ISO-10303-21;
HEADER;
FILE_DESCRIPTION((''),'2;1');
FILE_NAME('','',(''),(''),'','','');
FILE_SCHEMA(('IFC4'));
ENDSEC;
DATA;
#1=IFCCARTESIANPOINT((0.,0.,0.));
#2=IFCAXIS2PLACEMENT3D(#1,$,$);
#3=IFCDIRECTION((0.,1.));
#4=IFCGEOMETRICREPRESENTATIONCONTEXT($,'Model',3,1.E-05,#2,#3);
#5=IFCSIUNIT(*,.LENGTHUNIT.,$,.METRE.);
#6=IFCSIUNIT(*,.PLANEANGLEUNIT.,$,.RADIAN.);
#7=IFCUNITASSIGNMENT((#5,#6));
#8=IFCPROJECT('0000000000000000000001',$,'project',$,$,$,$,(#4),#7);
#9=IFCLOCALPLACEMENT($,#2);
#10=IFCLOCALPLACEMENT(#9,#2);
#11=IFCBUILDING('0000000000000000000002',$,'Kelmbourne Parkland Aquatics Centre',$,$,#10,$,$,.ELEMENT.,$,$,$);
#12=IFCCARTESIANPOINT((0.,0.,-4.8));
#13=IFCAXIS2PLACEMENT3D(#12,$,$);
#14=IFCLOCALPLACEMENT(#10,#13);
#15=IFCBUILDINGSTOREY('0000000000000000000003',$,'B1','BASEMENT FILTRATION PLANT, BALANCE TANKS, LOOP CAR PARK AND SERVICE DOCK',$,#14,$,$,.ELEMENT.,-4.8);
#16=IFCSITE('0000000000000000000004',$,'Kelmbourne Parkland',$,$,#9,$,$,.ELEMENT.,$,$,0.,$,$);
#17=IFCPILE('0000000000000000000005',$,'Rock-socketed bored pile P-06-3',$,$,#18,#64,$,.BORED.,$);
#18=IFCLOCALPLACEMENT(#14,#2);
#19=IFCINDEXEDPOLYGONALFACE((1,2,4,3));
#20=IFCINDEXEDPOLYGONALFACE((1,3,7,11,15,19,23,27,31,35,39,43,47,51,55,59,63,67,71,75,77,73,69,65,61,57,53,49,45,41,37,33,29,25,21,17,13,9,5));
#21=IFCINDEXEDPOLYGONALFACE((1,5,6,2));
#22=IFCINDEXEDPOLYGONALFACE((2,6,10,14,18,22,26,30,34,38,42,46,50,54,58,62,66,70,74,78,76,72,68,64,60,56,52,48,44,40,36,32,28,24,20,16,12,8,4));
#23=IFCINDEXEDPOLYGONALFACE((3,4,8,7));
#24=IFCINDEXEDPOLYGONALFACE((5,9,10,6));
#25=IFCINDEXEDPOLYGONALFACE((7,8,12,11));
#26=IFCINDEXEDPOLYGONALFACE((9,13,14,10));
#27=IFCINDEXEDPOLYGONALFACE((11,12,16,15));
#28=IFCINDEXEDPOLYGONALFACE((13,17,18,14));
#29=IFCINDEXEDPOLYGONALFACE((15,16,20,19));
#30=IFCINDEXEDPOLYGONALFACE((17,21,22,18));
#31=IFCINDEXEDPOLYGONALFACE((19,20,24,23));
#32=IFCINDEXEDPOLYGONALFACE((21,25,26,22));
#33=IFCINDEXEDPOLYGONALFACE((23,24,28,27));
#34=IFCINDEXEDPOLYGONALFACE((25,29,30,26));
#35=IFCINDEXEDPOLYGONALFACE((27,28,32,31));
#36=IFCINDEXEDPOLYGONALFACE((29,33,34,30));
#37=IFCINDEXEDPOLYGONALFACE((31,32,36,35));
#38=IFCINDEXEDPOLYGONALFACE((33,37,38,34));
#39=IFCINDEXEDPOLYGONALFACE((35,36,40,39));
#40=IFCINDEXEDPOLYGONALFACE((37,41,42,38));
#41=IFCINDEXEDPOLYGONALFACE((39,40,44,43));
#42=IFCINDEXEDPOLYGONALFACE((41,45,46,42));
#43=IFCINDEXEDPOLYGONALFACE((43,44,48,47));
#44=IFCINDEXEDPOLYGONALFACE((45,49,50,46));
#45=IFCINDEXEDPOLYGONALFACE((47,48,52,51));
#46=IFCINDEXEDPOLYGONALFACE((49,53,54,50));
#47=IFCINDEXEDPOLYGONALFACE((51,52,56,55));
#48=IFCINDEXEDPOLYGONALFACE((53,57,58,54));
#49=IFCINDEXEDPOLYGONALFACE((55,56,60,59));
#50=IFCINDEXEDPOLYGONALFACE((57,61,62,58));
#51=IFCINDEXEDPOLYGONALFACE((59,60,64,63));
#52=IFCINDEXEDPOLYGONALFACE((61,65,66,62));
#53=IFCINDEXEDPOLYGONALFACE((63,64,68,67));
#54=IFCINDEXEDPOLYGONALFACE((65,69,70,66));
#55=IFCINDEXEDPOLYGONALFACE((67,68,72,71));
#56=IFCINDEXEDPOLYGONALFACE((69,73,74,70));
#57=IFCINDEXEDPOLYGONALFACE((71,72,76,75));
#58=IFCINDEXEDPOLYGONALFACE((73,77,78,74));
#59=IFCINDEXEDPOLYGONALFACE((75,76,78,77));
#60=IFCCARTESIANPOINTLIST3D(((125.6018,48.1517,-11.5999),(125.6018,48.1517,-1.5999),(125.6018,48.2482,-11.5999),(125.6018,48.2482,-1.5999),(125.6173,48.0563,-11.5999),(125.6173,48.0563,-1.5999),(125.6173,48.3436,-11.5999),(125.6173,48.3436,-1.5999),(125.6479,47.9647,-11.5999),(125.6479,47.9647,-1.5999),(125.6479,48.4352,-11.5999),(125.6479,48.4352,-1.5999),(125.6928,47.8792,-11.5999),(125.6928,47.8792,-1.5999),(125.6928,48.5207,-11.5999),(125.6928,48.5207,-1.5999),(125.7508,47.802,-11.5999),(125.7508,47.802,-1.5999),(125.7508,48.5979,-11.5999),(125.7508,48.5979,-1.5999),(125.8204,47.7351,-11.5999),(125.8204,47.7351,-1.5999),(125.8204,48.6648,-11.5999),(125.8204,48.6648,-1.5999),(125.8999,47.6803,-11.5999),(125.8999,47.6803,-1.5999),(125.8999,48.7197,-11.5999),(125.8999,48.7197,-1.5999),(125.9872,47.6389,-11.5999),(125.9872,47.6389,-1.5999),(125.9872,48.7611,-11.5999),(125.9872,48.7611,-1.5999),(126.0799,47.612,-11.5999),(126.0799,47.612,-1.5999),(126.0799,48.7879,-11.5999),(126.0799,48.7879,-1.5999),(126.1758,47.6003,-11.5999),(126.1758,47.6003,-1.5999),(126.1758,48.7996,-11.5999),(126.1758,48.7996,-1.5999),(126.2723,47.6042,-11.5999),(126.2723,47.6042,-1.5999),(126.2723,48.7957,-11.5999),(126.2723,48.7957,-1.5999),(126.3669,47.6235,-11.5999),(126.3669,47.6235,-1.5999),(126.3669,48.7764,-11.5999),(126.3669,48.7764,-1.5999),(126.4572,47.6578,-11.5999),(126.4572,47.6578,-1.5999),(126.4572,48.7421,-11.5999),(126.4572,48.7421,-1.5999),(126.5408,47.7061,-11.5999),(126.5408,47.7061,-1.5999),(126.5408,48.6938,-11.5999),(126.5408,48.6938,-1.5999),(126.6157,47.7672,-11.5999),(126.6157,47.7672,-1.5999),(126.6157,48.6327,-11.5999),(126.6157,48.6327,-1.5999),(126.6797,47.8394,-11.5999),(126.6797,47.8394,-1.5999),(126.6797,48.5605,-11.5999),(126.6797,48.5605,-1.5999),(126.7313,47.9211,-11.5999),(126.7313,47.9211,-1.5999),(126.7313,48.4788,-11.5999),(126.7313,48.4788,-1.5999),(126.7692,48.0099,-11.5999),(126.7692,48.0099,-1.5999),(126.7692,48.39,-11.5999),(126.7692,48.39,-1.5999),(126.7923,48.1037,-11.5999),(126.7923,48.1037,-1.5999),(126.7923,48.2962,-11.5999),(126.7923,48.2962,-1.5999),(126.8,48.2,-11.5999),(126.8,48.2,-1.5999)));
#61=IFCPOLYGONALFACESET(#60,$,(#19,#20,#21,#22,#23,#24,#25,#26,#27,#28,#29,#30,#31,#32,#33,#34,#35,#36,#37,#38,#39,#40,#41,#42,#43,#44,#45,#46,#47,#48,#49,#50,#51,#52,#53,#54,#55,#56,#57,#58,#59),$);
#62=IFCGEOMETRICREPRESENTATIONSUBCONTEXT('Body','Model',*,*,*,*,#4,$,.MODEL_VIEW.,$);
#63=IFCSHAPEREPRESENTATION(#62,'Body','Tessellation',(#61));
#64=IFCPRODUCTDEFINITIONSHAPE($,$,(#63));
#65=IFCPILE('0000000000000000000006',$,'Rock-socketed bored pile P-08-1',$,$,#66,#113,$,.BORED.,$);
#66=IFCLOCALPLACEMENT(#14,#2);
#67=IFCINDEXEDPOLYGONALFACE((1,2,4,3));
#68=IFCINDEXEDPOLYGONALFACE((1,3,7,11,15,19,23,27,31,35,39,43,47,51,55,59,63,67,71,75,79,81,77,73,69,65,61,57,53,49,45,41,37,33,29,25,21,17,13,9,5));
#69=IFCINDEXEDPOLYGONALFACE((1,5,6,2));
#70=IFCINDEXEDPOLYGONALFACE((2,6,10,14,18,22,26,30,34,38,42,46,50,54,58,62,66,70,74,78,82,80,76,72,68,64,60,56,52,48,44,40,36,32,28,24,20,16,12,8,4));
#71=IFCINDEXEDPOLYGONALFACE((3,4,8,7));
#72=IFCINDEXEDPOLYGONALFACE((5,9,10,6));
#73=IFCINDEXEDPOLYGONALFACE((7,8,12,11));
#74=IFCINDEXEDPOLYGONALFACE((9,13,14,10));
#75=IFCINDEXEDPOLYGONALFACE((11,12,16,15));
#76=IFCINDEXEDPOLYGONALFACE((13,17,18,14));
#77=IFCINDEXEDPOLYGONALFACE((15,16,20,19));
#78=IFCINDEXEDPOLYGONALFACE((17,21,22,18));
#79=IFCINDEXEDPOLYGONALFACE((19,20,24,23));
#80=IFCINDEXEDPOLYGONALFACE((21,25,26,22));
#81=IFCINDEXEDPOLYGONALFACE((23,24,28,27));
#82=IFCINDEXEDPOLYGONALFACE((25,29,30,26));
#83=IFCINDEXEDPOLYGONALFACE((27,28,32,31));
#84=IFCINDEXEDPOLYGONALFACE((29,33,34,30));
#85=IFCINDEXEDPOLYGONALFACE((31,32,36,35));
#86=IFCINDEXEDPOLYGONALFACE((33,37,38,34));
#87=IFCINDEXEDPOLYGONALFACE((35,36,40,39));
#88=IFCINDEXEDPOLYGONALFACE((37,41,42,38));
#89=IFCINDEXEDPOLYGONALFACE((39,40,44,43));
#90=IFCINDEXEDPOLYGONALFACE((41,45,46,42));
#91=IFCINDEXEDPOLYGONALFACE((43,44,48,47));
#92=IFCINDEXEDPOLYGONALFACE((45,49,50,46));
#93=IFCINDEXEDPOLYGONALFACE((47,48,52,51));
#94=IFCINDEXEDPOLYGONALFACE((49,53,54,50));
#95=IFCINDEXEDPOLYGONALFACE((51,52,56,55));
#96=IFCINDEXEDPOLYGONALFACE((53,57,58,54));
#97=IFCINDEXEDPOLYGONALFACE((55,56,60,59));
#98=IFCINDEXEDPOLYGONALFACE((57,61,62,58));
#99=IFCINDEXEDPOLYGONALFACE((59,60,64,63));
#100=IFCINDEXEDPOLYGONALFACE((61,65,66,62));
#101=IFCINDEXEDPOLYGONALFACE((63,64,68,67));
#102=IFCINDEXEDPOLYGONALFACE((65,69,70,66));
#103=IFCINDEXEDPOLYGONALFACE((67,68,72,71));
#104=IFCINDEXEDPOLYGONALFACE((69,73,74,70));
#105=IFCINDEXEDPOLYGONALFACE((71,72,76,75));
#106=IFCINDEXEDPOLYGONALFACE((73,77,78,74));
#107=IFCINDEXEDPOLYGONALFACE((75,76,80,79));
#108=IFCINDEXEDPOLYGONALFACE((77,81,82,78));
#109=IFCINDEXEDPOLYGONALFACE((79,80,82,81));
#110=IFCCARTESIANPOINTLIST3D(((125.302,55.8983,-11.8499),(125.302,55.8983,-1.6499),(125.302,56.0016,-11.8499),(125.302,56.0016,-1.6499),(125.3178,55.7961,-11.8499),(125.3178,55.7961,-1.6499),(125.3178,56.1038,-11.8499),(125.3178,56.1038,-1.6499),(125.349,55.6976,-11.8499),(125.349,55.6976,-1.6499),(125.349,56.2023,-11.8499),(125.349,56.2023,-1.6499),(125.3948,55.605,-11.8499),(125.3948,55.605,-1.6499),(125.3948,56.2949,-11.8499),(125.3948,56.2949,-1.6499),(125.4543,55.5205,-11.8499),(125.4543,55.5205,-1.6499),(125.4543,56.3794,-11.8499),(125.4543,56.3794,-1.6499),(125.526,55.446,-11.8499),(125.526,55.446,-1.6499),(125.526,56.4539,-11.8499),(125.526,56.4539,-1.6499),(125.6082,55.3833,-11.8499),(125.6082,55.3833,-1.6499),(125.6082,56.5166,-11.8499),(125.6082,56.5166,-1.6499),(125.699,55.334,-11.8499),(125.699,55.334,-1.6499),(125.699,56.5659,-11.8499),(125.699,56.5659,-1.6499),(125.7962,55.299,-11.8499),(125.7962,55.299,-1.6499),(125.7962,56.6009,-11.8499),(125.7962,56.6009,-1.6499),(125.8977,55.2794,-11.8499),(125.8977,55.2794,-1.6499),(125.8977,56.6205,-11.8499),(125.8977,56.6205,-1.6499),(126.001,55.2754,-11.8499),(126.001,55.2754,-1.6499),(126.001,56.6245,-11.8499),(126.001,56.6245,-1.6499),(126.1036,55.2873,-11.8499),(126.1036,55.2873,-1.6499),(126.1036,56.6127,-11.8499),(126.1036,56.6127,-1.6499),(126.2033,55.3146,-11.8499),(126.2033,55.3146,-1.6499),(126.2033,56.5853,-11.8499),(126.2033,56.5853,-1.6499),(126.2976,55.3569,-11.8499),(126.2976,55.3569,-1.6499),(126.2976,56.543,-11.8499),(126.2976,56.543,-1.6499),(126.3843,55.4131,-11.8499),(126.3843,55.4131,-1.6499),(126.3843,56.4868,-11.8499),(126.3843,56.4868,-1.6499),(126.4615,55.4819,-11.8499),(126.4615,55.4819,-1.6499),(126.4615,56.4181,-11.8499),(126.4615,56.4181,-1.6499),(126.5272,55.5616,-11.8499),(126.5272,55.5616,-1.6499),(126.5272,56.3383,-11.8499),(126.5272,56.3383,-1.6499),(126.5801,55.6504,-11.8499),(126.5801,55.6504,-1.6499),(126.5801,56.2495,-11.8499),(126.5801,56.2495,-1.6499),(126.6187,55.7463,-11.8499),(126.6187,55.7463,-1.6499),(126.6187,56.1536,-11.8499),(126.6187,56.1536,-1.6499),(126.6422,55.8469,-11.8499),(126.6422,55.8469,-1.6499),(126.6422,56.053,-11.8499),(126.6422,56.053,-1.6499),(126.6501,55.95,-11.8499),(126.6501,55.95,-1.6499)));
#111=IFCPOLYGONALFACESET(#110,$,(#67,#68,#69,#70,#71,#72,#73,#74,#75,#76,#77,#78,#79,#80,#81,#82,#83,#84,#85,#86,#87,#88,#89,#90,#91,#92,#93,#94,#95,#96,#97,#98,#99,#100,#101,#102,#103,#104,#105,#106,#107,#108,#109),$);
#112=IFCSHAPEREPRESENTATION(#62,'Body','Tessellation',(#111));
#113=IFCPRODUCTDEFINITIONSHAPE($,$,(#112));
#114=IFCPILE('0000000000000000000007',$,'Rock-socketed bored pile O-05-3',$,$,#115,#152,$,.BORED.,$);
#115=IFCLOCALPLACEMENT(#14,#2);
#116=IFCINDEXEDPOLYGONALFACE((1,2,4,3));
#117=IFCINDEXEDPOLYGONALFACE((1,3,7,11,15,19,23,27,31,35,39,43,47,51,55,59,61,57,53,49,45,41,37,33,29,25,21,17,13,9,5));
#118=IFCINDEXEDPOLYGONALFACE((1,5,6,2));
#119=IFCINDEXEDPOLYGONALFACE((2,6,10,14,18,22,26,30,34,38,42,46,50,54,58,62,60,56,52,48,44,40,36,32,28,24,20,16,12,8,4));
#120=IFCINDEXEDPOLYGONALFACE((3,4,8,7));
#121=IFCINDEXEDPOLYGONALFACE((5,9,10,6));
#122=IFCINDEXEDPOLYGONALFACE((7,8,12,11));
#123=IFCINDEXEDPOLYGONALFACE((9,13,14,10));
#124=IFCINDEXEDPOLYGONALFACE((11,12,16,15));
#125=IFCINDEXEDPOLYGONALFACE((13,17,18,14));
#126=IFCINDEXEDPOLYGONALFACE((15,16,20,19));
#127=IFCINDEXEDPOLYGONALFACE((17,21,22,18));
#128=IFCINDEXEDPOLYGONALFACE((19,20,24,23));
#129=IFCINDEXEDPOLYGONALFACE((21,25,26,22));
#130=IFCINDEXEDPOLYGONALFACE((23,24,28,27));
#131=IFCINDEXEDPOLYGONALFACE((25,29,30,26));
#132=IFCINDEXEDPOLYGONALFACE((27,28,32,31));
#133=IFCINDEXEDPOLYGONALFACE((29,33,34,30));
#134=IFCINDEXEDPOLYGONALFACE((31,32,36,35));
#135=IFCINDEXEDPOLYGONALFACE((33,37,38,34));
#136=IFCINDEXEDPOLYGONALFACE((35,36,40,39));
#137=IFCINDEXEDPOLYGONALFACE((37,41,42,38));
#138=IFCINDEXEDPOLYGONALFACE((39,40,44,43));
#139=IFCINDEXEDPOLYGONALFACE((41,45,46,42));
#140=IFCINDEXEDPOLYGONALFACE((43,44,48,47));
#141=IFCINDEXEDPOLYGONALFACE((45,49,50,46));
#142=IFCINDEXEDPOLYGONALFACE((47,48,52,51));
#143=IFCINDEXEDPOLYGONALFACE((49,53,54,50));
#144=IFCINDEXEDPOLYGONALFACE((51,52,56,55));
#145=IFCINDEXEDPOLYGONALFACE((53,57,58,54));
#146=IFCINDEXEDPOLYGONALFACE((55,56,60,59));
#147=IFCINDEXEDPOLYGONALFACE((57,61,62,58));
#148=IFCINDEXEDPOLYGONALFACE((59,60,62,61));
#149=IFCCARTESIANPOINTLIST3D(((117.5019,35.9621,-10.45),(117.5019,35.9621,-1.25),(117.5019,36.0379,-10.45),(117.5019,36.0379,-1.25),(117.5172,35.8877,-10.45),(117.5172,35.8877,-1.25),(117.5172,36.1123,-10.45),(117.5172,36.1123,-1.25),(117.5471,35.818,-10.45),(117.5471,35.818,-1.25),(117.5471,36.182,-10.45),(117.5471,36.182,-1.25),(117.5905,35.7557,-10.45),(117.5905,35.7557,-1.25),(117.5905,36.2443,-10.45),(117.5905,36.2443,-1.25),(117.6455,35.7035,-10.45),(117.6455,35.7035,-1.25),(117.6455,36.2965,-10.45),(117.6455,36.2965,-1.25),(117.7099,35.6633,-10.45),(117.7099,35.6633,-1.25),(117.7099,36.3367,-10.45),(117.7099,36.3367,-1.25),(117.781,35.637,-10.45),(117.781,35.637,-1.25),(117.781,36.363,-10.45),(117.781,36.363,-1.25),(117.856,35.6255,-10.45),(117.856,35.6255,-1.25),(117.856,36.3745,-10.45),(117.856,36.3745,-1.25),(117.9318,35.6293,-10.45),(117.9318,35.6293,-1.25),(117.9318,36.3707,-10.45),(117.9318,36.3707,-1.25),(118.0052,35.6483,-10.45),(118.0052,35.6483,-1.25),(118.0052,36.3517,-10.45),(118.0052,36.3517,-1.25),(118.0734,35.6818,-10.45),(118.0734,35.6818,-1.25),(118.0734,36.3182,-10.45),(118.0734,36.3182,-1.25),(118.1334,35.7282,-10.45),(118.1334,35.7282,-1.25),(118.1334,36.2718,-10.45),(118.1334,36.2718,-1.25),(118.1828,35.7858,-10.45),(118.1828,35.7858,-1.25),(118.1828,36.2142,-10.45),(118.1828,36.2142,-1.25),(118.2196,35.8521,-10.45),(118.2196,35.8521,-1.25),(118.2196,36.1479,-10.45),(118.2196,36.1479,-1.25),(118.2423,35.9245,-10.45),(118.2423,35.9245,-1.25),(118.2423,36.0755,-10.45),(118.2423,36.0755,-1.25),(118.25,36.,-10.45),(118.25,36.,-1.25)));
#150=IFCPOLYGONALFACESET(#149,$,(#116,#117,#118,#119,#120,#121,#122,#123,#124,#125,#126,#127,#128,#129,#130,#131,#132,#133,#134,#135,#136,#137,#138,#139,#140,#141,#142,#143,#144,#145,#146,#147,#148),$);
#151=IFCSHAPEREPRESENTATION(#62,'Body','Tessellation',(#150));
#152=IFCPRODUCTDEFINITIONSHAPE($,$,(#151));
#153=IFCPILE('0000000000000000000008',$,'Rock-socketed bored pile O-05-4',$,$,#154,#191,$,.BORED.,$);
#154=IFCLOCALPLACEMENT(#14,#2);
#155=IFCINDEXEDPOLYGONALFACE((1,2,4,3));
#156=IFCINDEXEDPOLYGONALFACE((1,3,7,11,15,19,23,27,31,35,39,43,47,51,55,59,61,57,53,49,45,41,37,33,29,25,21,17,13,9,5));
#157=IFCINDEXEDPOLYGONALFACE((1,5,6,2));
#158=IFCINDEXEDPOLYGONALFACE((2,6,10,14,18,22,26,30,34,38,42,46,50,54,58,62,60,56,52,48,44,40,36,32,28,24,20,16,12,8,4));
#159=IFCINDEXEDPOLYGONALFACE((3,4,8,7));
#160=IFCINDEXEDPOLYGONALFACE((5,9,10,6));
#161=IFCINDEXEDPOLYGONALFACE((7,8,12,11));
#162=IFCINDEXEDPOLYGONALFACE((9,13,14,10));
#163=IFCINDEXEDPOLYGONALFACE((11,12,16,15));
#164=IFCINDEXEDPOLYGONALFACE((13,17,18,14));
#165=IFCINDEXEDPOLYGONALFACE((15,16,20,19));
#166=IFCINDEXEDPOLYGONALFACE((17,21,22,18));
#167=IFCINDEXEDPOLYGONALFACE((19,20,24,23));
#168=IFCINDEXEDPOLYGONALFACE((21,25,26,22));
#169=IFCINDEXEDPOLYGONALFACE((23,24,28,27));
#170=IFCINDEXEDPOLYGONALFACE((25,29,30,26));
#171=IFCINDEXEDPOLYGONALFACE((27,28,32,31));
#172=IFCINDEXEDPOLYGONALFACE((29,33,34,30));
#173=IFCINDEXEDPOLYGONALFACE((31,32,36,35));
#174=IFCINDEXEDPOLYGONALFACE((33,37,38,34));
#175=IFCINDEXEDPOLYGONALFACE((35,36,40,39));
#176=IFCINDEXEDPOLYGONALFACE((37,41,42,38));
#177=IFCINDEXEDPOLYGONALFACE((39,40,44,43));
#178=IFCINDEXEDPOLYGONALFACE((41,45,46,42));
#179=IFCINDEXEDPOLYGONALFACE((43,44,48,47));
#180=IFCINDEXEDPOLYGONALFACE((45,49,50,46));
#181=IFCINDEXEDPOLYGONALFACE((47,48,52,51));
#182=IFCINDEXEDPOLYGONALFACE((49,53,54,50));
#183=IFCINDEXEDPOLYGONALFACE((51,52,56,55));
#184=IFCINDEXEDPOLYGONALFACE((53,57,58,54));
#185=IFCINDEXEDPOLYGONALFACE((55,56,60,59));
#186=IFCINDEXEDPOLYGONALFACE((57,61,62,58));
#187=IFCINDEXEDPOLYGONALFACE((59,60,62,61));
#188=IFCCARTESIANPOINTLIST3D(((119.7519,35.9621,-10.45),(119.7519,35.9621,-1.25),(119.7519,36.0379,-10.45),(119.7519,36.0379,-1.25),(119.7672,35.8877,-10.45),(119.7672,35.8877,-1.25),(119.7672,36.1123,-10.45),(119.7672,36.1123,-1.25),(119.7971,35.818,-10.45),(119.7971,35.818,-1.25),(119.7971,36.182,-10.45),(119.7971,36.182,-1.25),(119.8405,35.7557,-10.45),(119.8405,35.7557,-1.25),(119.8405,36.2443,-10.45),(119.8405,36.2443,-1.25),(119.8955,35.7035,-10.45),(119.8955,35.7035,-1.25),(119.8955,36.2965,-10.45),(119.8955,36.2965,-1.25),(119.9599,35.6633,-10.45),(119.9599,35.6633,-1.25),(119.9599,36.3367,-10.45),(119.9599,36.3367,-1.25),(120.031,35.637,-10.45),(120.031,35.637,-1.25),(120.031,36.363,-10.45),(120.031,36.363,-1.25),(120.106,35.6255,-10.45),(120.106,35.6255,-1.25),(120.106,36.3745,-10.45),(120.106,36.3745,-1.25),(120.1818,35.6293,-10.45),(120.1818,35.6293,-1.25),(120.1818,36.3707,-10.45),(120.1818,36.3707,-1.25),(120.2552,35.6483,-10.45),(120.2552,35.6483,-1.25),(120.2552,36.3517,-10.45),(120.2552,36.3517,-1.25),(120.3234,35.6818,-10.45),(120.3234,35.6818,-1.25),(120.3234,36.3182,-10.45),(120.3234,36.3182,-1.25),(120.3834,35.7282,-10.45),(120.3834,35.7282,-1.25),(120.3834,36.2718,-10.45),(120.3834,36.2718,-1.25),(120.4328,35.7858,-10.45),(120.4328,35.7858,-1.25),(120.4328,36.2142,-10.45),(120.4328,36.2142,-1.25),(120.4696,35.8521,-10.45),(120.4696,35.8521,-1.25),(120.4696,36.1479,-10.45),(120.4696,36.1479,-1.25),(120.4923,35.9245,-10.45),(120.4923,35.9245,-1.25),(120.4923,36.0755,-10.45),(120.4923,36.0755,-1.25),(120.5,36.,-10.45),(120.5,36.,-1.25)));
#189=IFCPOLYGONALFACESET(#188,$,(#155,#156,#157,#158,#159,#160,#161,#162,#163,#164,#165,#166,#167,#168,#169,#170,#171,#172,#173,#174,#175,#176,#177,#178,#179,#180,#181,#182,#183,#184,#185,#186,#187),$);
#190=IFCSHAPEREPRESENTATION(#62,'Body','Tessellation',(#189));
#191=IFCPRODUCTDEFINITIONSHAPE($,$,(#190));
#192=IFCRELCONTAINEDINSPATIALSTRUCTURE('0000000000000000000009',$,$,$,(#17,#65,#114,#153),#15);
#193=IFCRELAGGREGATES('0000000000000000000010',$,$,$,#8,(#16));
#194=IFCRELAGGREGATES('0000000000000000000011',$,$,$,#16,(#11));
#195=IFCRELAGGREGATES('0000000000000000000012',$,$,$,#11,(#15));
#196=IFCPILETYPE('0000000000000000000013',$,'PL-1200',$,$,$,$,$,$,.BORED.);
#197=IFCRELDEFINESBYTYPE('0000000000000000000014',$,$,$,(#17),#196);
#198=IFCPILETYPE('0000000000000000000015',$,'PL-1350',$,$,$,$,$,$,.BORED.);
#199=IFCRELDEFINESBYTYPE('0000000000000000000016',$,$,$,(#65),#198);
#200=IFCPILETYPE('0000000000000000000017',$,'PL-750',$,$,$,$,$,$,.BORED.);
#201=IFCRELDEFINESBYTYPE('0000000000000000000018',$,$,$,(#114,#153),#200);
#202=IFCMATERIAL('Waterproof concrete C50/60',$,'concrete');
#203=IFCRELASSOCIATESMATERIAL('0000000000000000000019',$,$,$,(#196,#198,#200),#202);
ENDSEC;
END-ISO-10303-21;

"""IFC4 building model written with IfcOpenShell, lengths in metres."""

from ifc_helpers import new_model, si_unit, direction, frame, origin, origin_2d, place, context, subcontext, project, spatial, circle, extrude, material, material_profile, profile_set, type_object, element, save


model = new_model("IFC4")

# Units and contexts
model_context = context("Model", 3, precision=1e-05, world=origin(), true_north=direction((0.0, 1.0)))
body_context = subcontext(model_context, "Body", "Model", "MODEL_VIEW")
ifc_project = project(units=[si_unit("LENGTHUNIT", "METRE"), si_unit("PLANEANGLEUNIT", "RADIAN")], contexts=[model_context])

# Site, building, storey
site_placement = place(None, origin())
site = spatial("IfcSite", under=ifc_project, at=site_placement, Name="Kelmbourne Parkland", CompositionType="ELEMENT", RefElevation=0.0)
building_placement = place(site_placement, origin())
building = spatial("IfcBuilding", under=site, at=building_placement, Name="Kelmbourne Parkland Aquatics Centre", CompositionType="ELEMENT")
storey_placement = place(building_placement, frame((0.0, 0.0, -4.8)))
storey = spatial("IfcBuildingStorey", under=building, at=storey_placement, Name="B1", Description="BASEMENT FILTRATION PLANT, BALANCE TANKS, LOOP CAR PARK AND SERVICE DOCK", CompositionType="ELEMENT", Elevation=-4.8)

# Shared definitions
ifc_material_1 = material(Name="Waterproof concrete C50/60", Category="concrete")

# Piles
ifc_material_profile_1 = material_profile(ifc_material_1, circle(Radius=0.6001, at=origin_2d()), Name="PILE D1200")
ifc_profile_set_1 = profile_set([ifc_material_profile_1], Name="Waterproof concrete C50/60")
pile_type_1 = type_object("IfcPileType", Name="PL-1200", PredefinedType="BORED", material=ifc_profile_set_1)
for number, where, z_axis, x_axis, name in (
    (1, (126.2, 48.2, -1.5999), (0.0, 0.0, -1.0), (1.0, 0.0, 0.0), "Rock-socketed bored pile P-06-3"),
):
    element("IfcPile", number, at=place(storey_placement, frame(where, z_axis=z_axis, x_axis=x_axis)), inside=storey, type_object=pile_type_1, Name=name, PredefinedType="BORED", context=body_context, shape_type="SweptSolid", body=[
        extrude(circle(Radius=0.6001, at=origin_2d()), origin(), (0.0, 0.0, 1.0), 10.0),
    ])
ifc_material_profile_2 = material_profile(ifc_material_1, circle(Radius=0.675, at=origin_2d()), Name="PILE D1350")
ifc_profile_set_2 = profile_set([ifc_material_profile_2], Name="Waterproof concrete C50/60")
pile_type_2 = type_object("IfcPileType", Name="PL-1350", PredefinedType="BORED", material=ifc_profile_set_2)
pile_placement = place(storey_placement, frame((125.9751, 55.95, -1.6499), z_axis=(0.0, 0.0, -1.0), x_axis=(1.0, 0.0, 0.0)))
element("IfcPile", 2, at=pile_placement, inside=storey, type_object=pile_type_2, Name="Rock-socketed bored pile P-08-1", PredefinedType="BORED", context=body_context, shape_type="SweptSolid", body=[
    extrude(circle(Radius=0.675, at=origin_2d()), origin(), (0.0, 0.0, 1.0), 10.2),
])
ifc_material_profile_3 = material_profile(ifc_material_1, circle(Radius=0.375, at=origin_2d()), Name="PILE D750")
ifc_profile_set_3 = profile_set([ifc_material_profile_3], Name="Waterproof concrete C50/60")
pile_type_3 = type_object("IfcPileType", Name="PL-750", PredefinedType="BORED", material=ifc_profile_set_3)
for number, where, z_axis, x_axis, name in (
    (3, (117.875, 36.0, -1.25), (0.0, 0.0, -1.0), (1.0, 0.0, 0.0), "Rock-socketed bored pile O-05-3"),
    (4, (120.125, 36.0, -1.25), (0.0, 0.0, -1.0), (1.0, 0.0, 0.0), "Rock-socketed bored pile O-05-4"),
):
    element("IfcPile", number, at=place(storey_placement, frame(where, z_axis=z_axis, x_axis=x_axis)), inside=storey, type_object=pile_type_3, Name=name, PredefinedType="BORED", context=body_context, shape_type="SweptSolid", body=[
        extrude(circle(Radius=0.375, at=origin_2d()), origin(), (0.0, 0.0, 1.0), 9.2),
    ])

save(model, "model.ifc")
